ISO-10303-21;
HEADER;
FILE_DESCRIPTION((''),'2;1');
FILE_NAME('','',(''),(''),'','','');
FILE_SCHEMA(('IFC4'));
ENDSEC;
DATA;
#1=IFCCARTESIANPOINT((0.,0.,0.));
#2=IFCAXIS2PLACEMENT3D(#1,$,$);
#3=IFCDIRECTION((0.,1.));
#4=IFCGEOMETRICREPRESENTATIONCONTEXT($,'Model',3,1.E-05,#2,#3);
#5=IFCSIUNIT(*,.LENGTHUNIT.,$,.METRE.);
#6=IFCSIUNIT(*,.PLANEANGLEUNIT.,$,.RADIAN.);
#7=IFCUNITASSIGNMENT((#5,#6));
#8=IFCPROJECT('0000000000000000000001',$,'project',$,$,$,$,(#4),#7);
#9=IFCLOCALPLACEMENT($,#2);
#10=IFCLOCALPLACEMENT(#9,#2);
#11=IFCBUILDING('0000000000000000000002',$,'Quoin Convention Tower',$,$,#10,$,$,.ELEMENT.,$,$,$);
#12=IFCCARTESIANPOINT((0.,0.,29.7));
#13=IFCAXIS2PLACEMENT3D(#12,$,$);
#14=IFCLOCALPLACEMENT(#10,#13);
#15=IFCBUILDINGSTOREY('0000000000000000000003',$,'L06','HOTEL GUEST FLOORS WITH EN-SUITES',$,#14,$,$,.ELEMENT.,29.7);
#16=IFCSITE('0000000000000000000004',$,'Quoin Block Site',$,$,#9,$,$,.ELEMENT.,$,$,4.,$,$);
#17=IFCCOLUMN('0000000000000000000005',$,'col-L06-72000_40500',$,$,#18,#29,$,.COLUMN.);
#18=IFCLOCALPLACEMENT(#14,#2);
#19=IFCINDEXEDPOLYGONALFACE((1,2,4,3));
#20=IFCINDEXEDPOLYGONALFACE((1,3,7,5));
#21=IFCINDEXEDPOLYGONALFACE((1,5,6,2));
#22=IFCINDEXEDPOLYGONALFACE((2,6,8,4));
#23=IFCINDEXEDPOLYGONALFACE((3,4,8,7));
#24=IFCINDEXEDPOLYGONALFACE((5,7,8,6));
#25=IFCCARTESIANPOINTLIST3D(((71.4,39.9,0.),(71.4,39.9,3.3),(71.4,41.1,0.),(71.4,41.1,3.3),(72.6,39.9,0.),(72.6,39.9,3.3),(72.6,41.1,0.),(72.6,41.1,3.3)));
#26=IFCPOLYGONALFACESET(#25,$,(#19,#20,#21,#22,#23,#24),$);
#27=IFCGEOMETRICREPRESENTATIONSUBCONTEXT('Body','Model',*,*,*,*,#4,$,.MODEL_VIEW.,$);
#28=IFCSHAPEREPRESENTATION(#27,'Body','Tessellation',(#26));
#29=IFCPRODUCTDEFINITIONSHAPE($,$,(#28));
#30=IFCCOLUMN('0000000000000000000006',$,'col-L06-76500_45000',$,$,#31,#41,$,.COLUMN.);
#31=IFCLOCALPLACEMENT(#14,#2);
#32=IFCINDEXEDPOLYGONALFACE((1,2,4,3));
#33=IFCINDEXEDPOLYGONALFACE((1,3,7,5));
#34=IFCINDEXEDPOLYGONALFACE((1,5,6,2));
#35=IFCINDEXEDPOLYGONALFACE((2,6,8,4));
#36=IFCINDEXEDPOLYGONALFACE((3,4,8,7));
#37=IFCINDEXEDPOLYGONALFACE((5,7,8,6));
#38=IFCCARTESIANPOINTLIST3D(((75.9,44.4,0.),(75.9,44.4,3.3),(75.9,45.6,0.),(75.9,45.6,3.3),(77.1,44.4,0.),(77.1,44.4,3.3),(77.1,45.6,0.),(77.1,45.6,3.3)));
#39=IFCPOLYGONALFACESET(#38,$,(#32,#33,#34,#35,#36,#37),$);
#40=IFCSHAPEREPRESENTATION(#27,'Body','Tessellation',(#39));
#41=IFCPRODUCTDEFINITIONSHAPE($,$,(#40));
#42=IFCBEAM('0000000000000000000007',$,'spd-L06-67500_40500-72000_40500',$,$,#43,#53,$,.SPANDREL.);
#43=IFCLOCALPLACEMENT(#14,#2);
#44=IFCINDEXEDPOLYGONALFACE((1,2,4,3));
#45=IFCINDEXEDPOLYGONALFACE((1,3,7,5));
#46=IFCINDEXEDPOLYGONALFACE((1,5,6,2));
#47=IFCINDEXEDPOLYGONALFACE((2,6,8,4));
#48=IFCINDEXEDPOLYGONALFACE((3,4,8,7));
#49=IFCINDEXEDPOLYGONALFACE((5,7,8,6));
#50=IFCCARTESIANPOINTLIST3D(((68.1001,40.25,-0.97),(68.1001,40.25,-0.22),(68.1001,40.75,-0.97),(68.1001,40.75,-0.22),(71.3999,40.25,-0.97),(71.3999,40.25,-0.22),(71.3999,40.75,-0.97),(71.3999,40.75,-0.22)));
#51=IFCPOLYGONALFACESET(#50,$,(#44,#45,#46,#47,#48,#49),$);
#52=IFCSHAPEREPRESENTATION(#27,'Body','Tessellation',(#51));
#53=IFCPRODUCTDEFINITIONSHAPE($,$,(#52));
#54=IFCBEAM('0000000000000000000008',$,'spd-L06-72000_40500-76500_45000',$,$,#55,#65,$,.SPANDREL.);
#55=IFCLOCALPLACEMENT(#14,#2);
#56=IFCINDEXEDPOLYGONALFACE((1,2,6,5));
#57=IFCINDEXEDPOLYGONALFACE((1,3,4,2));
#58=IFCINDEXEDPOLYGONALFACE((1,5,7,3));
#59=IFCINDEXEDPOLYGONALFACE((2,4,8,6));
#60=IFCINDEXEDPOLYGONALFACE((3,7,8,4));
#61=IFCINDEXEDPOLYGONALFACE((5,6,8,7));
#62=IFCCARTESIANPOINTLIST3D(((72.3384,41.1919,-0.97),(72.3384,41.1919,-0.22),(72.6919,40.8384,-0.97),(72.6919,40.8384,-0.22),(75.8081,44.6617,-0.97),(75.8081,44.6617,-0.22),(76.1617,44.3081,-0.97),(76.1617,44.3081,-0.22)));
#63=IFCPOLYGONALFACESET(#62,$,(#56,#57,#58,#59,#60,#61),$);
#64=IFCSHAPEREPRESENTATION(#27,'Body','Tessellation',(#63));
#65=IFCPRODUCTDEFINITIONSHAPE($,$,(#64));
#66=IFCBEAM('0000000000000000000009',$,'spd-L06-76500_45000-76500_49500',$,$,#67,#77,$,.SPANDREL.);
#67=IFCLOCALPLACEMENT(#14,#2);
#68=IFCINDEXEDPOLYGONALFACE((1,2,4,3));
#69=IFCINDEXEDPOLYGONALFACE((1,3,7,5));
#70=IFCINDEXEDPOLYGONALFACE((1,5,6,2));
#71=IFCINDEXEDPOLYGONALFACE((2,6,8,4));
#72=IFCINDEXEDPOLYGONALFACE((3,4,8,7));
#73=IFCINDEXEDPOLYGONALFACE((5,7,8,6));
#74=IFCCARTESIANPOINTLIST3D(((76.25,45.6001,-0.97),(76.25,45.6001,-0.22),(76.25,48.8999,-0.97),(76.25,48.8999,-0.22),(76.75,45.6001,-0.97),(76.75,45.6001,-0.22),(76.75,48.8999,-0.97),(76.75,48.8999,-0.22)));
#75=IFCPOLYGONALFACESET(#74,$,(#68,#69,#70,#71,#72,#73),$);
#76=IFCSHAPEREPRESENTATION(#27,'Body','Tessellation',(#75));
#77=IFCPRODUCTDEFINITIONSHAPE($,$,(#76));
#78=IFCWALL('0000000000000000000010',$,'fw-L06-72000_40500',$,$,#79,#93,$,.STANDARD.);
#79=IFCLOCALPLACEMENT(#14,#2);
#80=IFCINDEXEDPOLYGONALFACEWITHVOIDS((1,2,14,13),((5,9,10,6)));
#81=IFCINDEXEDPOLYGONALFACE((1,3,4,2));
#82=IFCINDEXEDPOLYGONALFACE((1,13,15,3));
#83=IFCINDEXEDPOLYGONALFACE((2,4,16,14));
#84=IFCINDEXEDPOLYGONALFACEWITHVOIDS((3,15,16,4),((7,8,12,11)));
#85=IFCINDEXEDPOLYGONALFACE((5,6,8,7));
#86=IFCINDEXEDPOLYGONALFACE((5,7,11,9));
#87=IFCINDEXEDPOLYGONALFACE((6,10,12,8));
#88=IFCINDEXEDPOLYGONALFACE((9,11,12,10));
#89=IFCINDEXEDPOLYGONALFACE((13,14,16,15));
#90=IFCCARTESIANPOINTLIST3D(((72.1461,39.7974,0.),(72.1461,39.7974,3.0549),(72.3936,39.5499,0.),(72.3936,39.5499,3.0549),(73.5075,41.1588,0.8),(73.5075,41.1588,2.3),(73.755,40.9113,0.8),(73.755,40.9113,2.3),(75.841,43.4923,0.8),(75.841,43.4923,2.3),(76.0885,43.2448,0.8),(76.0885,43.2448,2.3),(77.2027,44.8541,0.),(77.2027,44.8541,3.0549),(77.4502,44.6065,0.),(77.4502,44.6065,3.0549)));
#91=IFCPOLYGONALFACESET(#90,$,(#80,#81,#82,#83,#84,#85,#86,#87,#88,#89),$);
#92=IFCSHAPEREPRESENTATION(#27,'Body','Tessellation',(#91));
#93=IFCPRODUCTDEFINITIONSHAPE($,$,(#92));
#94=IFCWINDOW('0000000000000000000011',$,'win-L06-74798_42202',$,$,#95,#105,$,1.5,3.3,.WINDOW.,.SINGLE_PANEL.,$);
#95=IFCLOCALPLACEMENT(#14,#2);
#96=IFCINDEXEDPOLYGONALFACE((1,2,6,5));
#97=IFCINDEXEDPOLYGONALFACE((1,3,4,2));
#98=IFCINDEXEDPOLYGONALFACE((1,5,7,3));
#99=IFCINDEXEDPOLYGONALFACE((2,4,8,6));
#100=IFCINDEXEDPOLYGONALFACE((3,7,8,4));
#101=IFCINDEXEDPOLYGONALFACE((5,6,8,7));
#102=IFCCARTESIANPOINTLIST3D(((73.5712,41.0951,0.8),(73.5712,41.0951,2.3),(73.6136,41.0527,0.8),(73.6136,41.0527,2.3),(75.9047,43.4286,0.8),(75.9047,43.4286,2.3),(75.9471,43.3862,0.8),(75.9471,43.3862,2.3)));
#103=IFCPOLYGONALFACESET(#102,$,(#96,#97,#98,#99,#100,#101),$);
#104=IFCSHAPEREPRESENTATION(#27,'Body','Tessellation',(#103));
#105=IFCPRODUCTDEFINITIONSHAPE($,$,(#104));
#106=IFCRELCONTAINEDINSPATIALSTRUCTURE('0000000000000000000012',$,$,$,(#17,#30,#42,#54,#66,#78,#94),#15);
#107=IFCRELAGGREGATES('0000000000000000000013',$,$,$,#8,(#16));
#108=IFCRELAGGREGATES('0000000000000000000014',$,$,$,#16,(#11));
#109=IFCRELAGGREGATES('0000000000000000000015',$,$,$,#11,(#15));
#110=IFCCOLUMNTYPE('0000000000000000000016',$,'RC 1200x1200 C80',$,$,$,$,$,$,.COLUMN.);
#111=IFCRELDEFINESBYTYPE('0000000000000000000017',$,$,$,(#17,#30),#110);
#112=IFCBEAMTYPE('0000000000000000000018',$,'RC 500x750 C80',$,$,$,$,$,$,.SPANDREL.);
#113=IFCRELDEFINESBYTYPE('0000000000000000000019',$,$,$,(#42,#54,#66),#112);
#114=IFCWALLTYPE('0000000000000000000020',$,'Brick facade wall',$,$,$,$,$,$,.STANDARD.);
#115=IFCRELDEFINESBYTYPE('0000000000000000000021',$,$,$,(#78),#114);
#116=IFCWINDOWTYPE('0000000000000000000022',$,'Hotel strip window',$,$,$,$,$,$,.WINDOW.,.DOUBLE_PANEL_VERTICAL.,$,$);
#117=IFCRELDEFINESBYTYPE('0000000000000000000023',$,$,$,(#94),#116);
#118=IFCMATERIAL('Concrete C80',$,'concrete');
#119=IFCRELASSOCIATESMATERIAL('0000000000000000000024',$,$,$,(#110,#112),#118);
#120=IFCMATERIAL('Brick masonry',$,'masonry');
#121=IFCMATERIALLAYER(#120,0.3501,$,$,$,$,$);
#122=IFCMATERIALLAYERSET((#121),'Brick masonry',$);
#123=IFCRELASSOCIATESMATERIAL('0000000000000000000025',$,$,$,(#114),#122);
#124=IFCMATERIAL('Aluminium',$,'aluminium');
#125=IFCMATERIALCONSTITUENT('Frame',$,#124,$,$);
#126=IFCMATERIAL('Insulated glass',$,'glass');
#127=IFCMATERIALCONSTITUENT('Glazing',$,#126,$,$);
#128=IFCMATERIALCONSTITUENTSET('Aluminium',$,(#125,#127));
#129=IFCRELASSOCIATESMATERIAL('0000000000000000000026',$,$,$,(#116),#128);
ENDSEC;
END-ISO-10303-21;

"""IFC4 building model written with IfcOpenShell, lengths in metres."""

from ifc_helpers import new_model, si_unit, direction, frame, frame_2d, origin, origin_2d, place, context, subcontext, project, spatial, rectangle, extrude, material, layer, layer_set, constituent, constituent_set, material_profile, profile_set, type_object, element, fill, save


model = new_model("IFC4")

# Units and contexts
model_context = context("Model", 3, precision=1e-05, world=origin(), true_north=direction((0.0, 1.0)))
body_context = subcontext(model_context, "Body", "Model", "MODEL_VIEW")
ifc_project = project(units=[si_unit("LENGTHUNIT", "METRE"), si_unit("PLANEANGLEUNIT", "RADIAN")], contexts=[model_context])

# Site, building, storey
site_placement = place(None, origin())
site = spatial("IfcSite", under=ifc_project, at=site_placement, Name="Quoin Block Site", CompositionType="ELEMENT", RefElevation=4.0)
building_placement = place(site_placement, origin())
building = spatial("IfcBuilding", under=site, at=building_placement, Name="Quoin Convention Tower", CompositionType="ELEMENT")
storey_placement = place(building_placement, frame((0.0, 0.0, 29.7)))
storey = spatial("IfcBuildingStorey", under=building, at=storey_placement, Name="L06", Description="HOTEL GUEST FLOORS WITH EN-SUITES", CompositionType="ELEMENT", Elevation=29.7)

# Columns
ifc_material_1 = material(Name="Concrete C80", Category="concrete")
ifc_material_profile_1 = material_profile(ifc_material_1, rectangle(XDim=1.2, YDim=1.2, at=origin_2d()), Name="RC 1200x1200")
ifc_profile_set_1 = profile_set([ifc_material_profile_1], Name="Concrete C80")
column_type = type_object("IfcColumnType", Name="RC 1200x1200 C80", PredefinedType="COLUMN", material=ifc_profile_set_1)
for number, where, z_axis, x_axis, name in (
    (1, (72.0, 40.5, 0.0), (0.0, 0.0, 1.0), (1.0, 0.0, 0.0), "col-L06-72000_40500"),
    (2, (76.5, 45.0, 0.0), (0.0, 0.0, 1.0), (1.0, 0.0, 0.0), "col-L06-76500_45000"),
):
    element("IfcColumn", number, at=place(storey_placement, frame(where, z_axis=z_axis, x_axis=x_axis)), inside=storey, type_object=column_type, Name=name, PredefinedType="COLUMN", context=body_context, shape_type="SweptSolid", body=[
        extrude(rectangle(XDim=1.2, YDim=1.2, at=origin_2d()), origin(), (0.0, 0.0, 1.0), 3.3),
    ])

# Beams
ifc_material_profile_2 = material_profile(ifc_material_1, rectangle(XDim=0.5, YDim=0.75, at=origin_2d()), Name="RC 500x750")
ifc_profile_set_2 = profile_set([ifc_material_profile_2], Name="Concrete C80")
beam_type = type_object("IfcBeamType", Name="RC 500x750 C80", PredefinedType="SPANDREL", material=ifc_profile_set_2)
beam_1_placement = place(storey_placement, frame((68.1001, 40.5, -0.595), z_axis=(1.0, 0.0, 0.0), x_axis=(0.0, 1.0, 0.0)))
element("IfcBeam", 3, at=beam_1_placement, inside=storey, type_object=beam_type, Name="spd-L06-67500_40500-72000_40500", PredefinedType="SPANDREL", context=body_context, shape_type="SweptSolid", body=[
    extrude(rectangle(XDim=0.5, YDim=0.75, at=origin_2d()), origin(), (0.0, 0.0, 1.0), 3.2998),
])
beam_2_placement = place(storey_placement, frame((72.5151, 41.0151, -0.595), z_axis=(0.707107, 0.707107, 0.0), x_axis=(-0.707107, 0.707107, 0.0)))
element("IfcBeam", 4, at=beam_2_placement, inside=storey, type_object=beam_type, Name="spd-L06-72000_40500-76500_45000", PredefinedType="SPANDREL", context=body_context, shape_type="SweptSolid", body=[
    extrude(rectangle(XDim=0.5, YDim=0.75, at=origin_2d()), origin(), (0.0, 0.0, 1.0), 4.907),
])
beam_3_placement = place(storey_placement, frame((76.5, 45.6001, -0.595), z_axis=(0.0, 1.0, 0.0), x_axis=(-1.0, 0.0, 0.0)))
element("IfcBeam", 5, at=beam_3_placement, inside=storey, type_object=beam_type, Name="spd-L06-76500_45000-76500_49500", PredefinedType="SPANDREL", context=body_context, shape_type="SweptSolid", body=[
    extrude(rectangle(XDim=0.5, YDim=0.75, at=origin_2d()), origin(), (0.0, 0.0, 1.0), 3.2998),
])

# Wall, opening, window
ifc_material_2 = material(Name="Brick masonry", Category="masonry")
ifc_layer_1 = layer(ifc_material_2, 0.3501)
ifc_layer_set_1 = layer_set([ifc_layer_1], Name="Brick masonry")
wall_type_1 = type_object("IfcWallType", Name="Brick facade wall", PredefinedType="STANDARD", material=ifc_layer_set_1)
wall_1_placement = place(storey_placement, frame((72.2698, 39.6736, 0.0), z_axis=(0.0, 0.0, 1.0), x_axis=(0.707107, 0.707107, 0.0)))
wall_1 = element("IfcWall", 6, at=wall_1_placement, inside=storey, type_object=wall_type_1, Name="fw-L06-72000_40500", PredefinedType="STANDARD", context=body_context, shape_type="SweptSolid", body=[
    extrude(rectangle(XDim=7.1511, YDim=0.3501, at=frame_2d((3.5757, 0.0))), origin(), (0.0, 0.0, 1.0), 3.0549),
])
opening_1_placement = place(wall_1_placement, frame((1.9255, 0.0, 0.8)))
opening_1 = element("IfcOpeningElement", 7, at=opening_1_placement, cuts=wall_1, PredefinedType="OPENING", context=body_context, shape_type="SweptSolid", body=[
    extrude(rectangle(XDim=3.3, YDim=1.5, at=frame_2d((1.6499, 0.75))), frame((0.0, 0.1851, 0.0), z_axis=(0.0, -1.0, 0.0), x_axis=(1.0, 0.0, 0.0)), (0.0, 0.0, 1.0), 0.3701),
])
ifc_material_3 = material(Name="Aluminium", Category="aluminium")
ifc_constituent_1 = constituent(ifc_material_3, Name="Frame")
ifc_material_4 = material(Name="Insulated glass", Category="glass")
ifc_constituent_2 = constituent(ifc_material_4, Name="Glazing")
ifc_constituent_set = constituent_set(constituents=[ifc_constituent_1, ifc_constituent_2], Name="Aluminium")
window_type = type_object("IfcWindowType", Name="Hotel strip window", PartitioningType="DOUBLE_PANEL_VERTICAL", PredefinedType="WINDOW", material=ifc_constituent_set)
window_1_placement = place(opening_1_placement, origin())
window_1 = element("IfcWindow", 8, at=window_1_placement, inside=storey, type_object=window_type, Name="win-L06-74798_42202", OverallHeight=1.5, OverallWidth=3.3, PartitioningType="SINGLE_PANEL", PredefinedType="WINDOW", context=body_context, shape_type="SweptSolid", body=[
    extrude(rectangle(XDim=3.3, YDim=1.5, at=frame_2d((1.6499, 0.75))), frame((0.0, 0.085, 0.0), z_axis=(0.0, -1.0, 0.0), x_axis=(1.0, 0.0, 0.0)), (0.0, 0.0, 1.0), 0.0601),
])
fill(opening_1, window_1)

save(model, "model.ifc")
